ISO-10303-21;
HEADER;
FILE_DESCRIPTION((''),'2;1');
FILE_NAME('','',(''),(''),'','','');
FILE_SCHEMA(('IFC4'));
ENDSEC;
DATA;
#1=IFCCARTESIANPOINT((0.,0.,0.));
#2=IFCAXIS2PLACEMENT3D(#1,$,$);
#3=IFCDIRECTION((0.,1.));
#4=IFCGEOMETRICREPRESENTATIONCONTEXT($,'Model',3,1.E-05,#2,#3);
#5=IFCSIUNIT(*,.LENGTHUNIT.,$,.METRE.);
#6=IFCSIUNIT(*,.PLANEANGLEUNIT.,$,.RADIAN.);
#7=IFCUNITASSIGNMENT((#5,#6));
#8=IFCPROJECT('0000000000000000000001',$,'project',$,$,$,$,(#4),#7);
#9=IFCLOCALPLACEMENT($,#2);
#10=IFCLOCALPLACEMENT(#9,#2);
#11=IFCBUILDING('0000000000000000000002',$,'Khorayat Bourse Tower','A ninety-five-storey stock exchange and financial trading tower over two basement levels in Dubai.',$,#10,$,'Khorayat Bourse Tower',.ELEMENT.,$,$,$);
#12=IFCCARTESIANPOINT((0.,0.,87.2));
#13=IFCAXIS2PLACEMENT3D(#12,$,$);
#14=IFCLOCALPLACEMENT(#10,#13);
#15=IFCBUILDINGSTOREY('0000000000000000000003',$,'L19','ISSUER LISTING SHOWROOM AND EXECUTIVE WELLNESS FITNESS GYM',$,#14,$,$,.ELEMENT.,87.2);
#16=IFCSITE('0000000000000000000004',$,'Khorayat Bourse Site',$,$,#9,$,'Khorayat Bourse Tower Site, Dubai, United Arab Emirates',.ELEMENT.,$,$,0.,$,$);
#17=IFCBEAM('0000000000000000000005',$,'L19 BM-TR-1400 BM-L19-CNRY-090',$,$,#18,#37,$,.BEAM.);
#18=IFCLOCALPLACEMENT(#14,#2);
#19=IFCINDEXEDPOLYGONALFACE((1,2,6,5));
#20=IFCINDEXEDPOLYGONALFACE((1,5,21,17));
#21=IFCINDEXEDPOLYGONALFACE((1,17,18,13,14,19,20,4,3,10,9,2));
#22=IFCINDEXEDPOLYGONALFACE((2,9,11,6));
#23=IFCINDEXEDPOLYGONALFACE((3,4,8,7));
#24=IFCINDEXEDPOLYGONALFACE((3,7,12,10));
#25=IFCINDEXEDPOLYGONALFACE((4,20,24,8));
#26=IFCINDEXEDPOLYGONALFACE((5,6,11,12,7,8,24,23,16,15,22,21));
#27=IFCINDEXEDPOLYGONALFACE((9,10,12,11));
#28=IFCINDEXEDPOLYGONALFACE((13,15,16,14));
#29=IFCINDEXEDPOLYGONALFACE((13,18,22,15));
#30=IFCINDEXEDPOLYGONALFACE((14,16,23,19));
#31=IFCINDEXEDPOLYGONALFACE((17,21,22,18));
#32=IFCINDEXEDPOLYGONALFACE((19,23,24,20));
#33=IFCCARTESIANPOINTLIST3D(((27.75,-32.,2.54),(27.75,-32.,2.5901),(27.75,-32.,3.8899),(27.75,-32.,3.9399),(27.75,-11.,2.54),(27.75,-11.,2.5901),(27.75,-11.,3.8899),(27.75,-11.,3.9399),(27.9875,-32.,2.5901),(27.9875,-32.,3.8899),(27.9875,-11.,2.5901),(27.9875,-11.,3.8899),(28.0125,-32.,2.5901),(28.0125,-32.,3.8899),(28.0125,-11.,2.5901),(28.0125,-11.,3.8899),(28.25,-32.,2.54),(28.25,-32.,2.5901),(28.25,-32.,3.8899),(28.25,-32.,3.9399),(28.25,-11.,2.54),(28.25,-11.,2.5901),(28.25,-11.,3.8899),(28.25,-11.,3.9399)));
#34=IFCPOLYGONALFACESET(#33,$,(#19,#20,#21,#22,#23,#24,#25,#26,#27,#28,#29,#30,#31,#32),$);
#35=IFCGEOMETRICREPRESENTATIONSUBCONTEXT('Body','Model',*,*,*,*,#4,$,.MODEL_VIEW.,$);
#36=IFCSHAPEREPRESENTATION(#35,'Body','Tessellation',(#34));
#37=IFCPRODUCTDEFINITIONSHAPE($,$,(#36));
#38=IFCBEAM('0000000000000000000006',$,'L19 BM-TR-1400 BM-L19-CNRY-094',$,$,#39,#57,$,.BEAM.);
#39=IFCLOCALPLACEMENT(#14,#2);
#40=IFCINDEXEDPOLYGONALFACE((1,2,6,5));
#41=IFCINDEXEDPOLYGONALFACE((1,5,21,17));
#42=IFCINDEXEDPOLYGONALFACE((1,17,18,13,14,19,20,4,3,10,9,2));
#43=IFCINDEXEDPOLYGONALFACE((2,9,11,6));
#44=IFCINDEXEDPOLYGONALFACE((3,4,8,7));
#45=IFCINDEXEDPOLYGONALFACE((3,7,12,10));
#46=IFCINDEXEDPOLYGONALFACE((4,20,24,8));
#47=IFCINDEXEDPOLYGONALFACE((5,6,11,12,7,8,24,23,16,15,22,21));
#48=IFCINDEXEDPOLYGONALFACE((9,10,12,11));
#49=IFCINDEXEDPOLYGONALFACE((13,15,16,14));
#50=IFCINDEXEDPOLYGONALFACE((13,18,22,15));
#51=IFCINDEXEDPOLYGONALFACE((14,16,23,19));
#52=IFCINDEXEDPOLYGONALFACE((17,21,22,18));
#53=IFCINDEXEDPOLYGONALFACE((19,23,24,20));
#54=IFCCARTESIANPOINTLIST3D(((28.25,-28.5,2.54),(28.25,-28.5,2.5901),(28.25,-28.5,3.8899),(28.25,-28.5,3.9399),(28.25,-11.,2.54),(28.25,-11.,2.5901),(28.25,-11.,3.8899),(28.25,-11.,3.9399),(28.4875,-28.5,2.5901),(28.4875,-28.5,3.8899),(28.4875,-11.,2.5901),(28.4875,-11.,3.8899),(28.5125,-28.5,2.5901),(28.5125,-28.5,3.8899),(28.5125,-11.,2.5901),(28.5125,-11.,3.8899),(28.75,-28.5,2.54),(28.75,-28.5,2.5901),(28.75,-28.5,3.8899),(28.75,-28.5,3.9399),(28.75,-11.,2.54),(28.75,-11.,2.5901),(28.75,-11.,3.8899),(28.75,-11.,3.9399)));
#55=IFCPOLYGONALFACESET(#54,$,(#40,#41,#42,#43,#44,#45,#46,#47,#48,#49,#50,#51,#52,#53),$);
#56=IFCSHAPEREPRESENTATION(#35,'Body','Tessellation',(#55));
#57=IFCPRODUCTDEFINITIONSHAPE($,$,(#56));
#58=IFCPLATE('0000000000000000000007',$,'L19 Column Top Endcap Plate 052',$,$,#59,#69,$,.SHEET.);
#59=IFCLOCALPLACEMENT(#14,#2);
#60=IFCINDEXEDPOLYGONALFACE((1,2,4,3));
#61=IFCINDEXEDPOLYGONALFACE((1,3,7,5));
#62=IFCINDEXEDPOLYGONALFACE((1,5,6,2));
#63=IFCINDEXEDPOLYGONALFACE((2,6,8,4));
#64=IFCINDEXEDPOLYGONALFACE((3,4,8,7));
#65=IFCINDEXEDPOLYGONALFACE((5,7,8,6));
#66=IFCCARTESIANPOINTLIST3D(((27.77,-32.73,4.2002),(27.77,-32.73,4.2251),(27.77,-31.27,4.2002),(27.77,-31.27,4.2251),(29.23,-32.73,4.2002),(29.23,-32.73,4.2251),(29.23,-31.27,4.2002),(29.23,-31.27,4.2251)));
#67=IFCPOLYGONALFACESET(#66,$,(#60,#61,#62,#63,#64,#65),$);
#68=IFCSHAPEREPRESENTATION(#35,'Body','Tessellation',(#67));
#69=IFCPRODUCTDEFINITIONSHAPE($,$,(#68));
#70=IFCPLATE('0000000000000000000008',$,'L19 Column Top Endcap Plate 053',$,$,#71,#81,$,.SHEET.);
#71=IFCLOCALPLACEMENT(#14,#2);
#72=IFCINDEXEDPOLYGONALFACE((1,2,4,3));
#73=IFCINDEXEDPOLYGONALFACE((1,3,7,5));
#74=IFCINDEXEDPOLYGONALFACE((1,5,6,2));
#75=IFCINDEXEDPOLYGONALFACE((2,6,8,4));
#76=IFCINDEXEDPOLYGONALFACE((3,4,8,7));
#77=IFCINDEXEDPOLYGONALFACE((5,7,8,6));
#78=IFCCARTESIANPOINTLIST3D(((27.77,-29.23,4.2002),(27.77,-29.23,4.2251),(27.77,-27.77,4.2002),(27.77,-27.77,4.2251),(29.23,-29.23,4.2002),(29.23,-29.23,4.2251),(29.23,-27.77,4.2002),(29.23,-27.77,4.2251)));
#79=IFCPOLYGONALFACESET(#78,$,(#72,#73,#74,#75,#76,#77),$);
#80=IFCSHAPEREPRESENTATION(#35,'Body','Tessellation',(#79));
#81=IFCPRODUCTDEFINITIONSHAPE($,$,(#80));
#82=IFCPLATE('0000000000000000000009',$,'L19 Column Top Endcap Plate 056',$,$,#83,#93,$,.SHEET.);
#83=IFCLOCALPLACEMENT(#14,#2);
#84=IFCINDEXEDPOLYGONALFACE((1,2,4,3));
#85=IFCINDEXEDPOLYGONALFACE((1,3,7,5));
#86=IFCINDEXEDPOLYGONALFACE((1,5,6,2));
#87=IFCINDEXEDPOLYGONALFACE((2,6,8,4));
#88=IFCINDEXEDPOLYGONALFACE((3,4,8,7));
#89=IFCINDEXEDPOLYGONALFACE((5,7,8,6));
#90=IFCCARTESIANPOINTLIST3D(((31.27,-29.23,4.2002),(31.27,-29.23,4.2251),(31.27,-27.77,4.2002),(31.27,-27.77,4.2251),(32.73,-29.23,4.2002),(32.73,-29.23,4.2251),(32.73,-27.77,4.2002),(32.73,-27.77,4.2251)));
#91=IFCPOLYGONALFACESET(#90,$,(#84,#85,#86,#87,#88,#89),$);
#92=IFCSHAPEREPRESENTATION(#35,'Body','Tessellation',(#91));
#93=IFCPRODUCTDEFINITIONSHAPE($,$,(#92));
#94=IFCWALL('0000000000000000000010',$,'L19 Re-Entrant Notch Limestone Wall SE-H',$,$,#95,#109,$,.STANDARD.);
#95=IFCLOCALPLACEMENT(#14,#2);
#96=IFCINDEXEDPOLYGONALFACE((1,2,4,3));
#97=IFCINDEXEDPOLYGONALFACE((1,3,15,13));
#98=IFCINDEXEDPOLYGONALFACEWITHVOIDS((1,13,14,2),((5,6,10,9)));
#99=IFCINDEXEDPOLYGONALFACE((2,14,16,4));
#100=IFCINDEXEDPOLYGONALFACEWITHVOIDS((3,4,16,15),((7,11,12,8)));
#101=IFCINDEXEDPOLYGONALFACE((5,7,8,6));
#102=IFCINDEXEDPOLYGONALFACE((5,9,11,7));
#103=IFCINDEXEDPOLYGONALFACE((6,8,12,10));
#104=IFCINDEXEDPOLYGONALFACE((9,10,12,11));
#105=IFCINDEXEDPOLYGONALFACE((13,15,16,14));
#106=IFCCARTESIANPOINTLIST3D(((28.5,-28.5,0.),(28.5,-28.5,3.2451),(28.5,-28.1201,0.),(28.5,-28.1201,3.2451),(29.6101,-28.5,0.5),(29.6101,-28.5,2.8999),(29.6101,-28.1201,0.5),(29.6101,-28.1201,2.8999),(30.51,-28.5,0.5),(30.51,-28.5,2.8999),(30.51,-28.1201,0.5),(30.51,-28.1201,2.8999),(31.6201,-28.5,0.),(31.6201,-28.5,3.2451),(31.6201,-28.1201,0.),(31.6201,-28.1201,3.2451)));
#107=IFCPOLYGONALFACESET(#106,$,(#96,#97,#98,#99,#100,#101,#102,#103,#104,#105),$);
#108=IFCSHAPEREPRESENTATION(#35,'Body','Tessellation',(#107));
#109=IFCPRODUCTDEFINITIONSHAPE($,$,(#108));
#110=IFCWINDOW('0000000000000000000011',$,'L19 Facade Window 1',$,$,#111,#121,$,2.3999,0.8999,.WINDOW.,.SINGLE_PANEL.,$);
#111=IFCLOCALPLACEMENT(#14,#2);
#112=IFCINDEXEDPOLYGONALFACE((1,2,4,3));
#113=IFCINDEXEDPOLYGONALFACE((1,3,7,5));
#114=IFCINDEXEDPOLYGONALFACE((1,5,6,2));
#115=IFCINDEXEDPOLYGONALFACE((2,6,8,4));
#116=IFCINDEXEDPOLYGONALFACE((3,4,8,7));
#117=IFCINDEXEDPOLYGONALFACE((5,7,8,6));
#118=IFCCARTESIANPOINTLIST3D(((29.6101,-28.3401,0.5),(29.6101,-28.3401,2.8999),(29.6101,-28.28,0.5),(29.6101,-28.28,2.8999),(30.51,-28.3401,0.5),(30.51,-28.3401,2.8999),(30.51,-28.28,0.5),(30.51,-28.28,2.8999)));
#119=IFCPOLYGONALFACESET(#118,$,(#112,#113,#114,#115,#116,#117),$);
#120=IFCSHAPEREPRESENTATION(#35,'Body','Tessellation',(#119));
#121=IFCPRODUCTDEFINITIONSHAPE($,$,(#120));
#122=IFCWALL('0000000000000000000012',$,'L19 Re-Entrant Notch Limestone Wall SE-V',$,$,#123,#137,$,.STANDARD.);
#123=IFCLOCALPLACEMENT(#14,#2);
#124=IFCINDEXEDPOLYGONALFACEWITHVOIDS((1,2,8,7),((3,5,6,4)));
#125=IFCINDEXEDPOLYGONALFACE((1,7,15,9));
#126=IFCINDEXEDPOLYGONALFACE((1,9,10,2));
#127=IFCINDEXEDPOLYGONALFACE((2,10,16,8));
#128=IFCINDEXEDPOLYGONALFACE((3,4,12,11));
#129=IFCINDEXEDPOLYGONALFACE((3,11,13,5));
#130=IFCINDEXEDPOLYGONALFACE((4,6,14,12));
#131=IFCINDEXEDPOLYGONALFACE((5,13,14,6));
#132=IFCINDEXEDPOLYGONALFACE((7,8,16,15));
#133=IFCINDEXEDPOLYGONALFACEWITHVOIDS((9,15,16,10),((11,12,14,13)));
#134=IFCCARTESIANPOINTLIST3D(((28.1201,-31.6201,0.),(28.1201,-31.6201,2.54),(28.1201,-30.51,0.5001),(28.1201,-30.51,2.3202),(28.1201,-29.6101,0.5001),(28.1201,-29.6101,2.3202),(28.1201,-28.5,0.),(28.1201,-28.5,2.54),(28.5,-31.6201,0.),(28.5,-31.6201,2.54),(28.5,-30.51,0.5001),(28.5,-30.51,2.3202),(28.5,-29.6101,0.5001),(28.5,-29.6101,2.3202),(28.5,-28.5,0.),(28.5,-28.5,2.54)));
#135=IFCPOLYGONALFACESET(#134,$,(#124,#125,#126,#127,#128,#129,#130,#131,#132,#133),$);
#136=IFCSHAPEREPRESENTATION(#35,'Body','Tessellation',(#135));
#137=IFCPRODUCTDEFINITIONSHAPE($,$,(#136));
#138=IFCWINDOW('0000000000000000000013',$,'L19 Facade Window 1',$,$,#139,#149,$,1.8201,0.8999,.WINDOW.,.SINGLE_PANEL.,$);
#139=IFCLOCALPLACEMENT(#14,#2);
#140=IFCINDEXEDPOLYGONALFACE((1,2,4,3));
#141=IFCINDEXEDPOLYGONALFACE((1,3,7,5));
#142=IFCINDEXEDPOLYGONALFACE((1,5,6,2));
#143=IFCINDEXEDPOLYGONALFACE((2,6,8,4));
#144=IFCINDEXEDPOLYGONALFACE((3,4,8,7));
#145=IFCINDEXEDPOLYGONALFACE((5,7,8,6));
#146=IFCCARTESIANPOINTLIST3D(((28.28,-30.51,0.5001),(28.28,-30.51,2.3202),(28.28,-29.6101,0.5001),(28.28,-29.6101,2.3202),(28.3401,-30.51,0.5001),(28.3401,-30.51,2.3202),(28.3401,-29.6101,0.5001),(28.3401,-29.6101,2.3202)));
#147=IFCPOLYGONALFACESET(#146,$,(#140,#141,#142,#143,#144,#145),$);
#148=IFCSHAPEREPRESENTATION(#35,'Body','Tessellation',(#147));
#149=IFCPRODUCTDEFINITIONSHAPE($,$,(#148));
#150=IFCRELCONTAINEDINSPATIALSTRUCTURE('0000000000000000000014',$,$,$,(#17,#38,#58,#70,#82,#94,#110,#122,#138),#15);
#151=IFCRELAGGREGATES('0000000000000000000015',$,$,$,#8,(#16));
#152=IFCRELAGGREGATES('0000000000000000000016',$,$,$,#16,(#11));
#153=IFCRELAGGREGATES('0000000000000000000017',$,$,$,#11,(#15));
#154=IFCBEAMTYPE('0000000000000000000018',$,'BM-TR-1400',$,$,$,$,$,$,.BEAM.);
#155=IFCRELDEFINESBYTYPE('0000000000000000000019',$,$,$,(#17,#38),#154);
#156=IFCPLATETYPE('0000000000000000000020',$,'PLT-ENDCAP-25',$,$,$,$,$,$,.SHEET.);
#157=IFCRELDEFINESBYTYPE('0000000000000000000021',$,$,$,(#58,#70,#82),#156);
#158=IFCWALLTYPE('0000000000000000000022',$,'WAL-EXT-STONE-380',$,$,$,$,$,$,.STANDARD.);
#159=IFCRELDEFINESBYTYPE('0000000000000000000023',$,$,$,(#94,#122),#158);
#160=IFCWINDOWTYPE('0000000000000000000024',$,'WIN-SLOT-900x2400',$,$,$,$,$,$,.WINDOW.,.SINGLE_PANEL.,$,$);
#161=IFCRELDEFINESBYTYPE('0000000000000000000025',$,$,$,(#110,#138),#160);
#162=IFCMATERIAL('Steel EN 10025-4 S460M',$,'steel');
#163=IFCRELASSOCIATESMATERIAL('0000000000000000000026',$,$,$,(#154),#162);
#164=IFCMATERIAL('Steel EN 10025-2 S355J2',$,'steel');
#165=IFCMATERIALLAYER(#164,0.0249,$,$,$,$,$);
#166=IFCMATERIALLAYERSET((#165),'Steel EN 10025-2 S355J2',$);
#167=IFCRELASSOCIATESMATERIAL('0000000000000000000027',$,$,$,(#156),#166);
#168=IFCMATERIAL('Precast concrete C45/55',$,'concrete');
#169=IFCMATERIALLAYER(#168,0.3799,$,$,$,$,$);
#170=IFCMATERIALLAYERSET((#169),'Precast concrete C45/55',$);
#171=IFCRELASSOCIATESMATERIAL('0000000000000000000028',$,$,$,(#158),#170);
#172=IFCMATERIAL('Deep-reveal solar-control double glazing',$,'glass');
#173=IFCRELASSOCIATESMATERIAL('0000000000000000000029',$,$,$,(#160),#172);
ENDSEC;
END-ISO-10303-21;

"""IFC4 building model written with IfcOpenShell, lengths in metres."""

from ifc_helpers import new_model, si_unit, direction, frame, frame_2d, origin, origin_2d, place, context, subcontext, project, spatial, rectangle, i_section, extrude, source, transform, mapped, material, layer, layer_set, material_profile, profile_set, type_object, element, fill, save


model = new_model("IFC4")

# Units and contexts
model_context = context("Model", 3, precision=1e-05, world=origin(), true_north=direction((0.0, 1.0)))
body_context = subcontext(model_context, "Body", "Model", "MODEL_VIEW")
ifc_project = project(units=[si_unit("LENGTHUNIT", "METRE"), si_unit("PLANEANGLEUNIT", "RADIAN")], contexts=[model_context])

# Site, building, storey
site_placement = place(None, origin())
site = spatial("IfcSite", under=ifc_project, at=site_placement, Name="Khorayat Bourse Site", LongName="Khorayat Bourse Tower Site, Dubai, United Arab Emirates", CompositionType="ELEMENT", RefElevation=0.0)
building_placement = place(site_placement, origin())
building = spatial("IfcBuilding", under=site, at=building_placement, Name="Khorayat Bourse Tower", Description="A ninety-five-storey stock exchange and financial trading tower over two basement levels in Dubai.", LongName="Khorayat Bourse Tower", CompositionType="ELEMENT")
storey_placement = place(building_placement, frame((0.0, 0.0, 87.2)))
storey = spatial("IfcBuildingStorey", under=building, at=storey_placement, Name="L19", Description="ISSUER LISTING SHOWROOM AND EXECUTIVE WELLNESS FITNESS GYM", CompositionType="ELEMENT", Elevation=87.2)

# Shared definitions
ifc_material_1 = material(Name="Steel EN 10025-4 S460M", Category="steel")

# Beams
ifc_material_profile_1 = material_profile(ifc_material_1, i_section(OverallWidth=0.5, OverallDepth=1.3999, WebThickness=0.0249, FlangeThickness=0.05, at=origin_2d()), Name="PG 1400x500x25x50")
ifc_profile_set_1 = profile_set([ifc_material_profile_1], Name="Steel EN 10025-4 S460M")
beam_type_1 = type_object("IfcBeamType", Name="BM-TR-1400", PredefinedType="BEAM", material=ifc_profile_set_1)
shared_shape_1 = source(origin(), body_context, "Body", "SweptSolid", [
    extrude(i_section(OverallWidth=0.5, OverallDepth=1.3999, WebThickness=0.0249, FlangeThickness=0.05, at=origin_2d()), origin(), (0.0, 0.0, 1.0), 21.0),
])
beam_1_placement = place(storey_placement, frame((28.0, -32.0, 3.24), z_axis=(0.0, 1.0, 0.0), x_axis=(-1.0, 0.0, 0.0)))
element("IfcBeam", 1, at=beam_1_placement, inside=storey, type_object=beam_type_1, Name="L19 BM-TR-1400 BM-L19-CNRY-090", PredefinedType="BEAM", context=body_context, shape_type="MappedRepresentation", body=[
    mapped(shared_shape_1, transform((0.0, 0.0, 0.0), scale=1.0)),
])
shared_shape_2 = source(origin(), body_context, "Body", "SweptSolid", [
    extrude(i_section(OverallWidth=0.5, OverallDepth=1.3999, WebThickness=0.0249, FlangeThickness=0.05, at=origin_2d()), origin(), (0.0, 0.0, 1.0), 17.5),
])
beam_2_placement = place(storey_placement, frame((28.5, -28.5, 3.24), z_axis=(0.0, 1.0, 0.0), x_axis=(-1.0, 0.0, 0.0)))
element("IfcBeam", 2, at=beam_2_placement, inside=storey, type_object=beam_type_1, Name="L19 BM-TR-1400 BM-L19-CNRY-094", PredefinedType="BEAM", context=body_context, shape_type="MappedRepresentation", body=[
    mapped(shared_shape_2, transform((0.0, 0.0, 0.0), scale=1.0)),
])

# Plates
ifc_material_2 = material(Name="Steel EN 10025-2 S355J2", Category="steel")
ifc_layer_1 = layer(ifc_material_2, 0.0249)
ifc_layer_set_1 = layer_set([ifc_layer_1], Name="Steel EN 10025-2 S355J2")
plate_type = type_object("IfcPlateType", Name="PLT-ENDCAP-25", PredefinedType="SHEET", material=ifc_layer_set_1)
shared_shape_3 = source(origin(), body_context, "Body", "SweptSolid", [
    extrude(rectangle(XDim=1.46, YDim=1.46, at=origin_2d()), origin(), (0.0, 0.0, 1.0), 0.0249),
])
for number, where, z_axis, x_axis, name in (
    (3, (28.5, -32.0, 4.2002), (0.0, 0.0, 1.0), (1.0, 0.0, 0.0), "L19 Column Top Endcap Plate 052"),
    (4, (28.5, -28.5, 4.2002), (0.0, 0.0, 1.0), (1.0, 0.0, 0.0), "L19 Column Top Endcap Plate 053"),
    (5, (32.0, -28.5, 4.2002), (0.0, 0.0, 1.0), (1.0, 0.0, 0.0), "L19 Column Top Endcap Plate 056"),
):
    element("IfcPlate", number, at=place(storey_placement, frame(where, z_axis=z_axis, x_axis=x_axis)), inside=storey, type_object=plate_type, Name=name, PredefinedType="SHEET", context=body_context, shape_type="MappedRepresentation", body=[
        mapped(shared_shape_3, transform((0.0, 0.0, 0.0), scale=1.0)),
    ])

# Walls, openings, windows
ifc_material_3 = material(Name="Precast concrete C45/55", Category="concrete")
ifc_layer_2 = layer(ifc_material_3, 0.3799)
ifc_layer_set_2 = layer_set([ifc_layer_2], Name="Precast concrete C45/55")
wall_type = type_object("IfcWallType", Name="WAL-EXT-STONE-380", PredefinedType="STANDARD", material=ifc_layer_set_2)
shared_shape_4 = source(origin(), body_context, "Body", "SweptSolid", [
    extrude(rectangle(XDim=3.1201, YDim=0.3799, at=frame_2d((1.5601, 0.0))), origin(), (0.0, 0.0, 1.0), 3.2451),
])
wall_1_placement = place(storey_placement, frame((28.5, -28.3101, 0.0), z_axis=(0.0, 0.0, 1.0), x_axis=(1.0, 0.0, 0.0)))
wall_1 = element("IfcWall", 6, at=wall_1_placement, inside=storey, type_object=wall_type, Name="L19 Re-Entrant Notch Limestone Wall SE-H", PredefinedType="STANDARD", context=body_context, shape_type="MappedRepresentation", body=[
    mapped(shared_shape_4, transform((0.0, 0.0, 0.0), scale=1.0)),
])
shared_shape_5 = source(origin(), body_context, "Body", "SweptSolid", [
    extrude(rectangle(XDim=0.8999, YDim=2.3999, at=frame_2d((0.45, 1.2))), frame((0.0, 0.2, 0.0), z_axis=(0.0, -1.0, 0.0), x_axis=(1.0, 0.0, 0.0)), (0.0, 0.0, 1.0), 0.3999),
])
opening_1_placement = place(wall_1_placement, frame((1.1101, 0.0, 0.5)))
opening_1 = element("IfcOpeningElement", 7, at=opening_1_placement, cuts=wall_1, PredefinedType="OPENING", context=body_context, shape_type="MappedRepresentation", body=[
    mapped(shared_shape_5, transform((0.0, 0.0, 0.0), scale=1.0)),
])
ifc_material_4 = material(Name="Deep-reveal solar-control double glazing", Category="glass")
window_type = type_object("IfcWindowType", Name="WIN-SLOT-900x2400", PartitioningType="SINGLE_PANEL", PredefinedType="WINDOW", material=ifc_material_4)
shared_shape_6 = source(origin(), body_context, "Body", "SweptSolid", [
    extrude(rectangle(XDim=0.8999, YDim=2.3999, at=frame_2d((0.45, 1.2))), frame((0.0, 0.03, 0.0), z_axis=(0.0, -1.0, 0.0), x_axis=(1.0, 0.0, 0.0)), (0.0, 0.0, 1.0), 0.0601),
])
window_1_placement = place(opening_1_placement, origin())
window_1 = element("IfcWindow", 8, at=window_1_placement, inside=storey, type_object=window_type, Name="L19 Facade Window 1", OverallHeight=2.3999, OverallWidth=0.8999, PartitioningType="SINGLE_PANEL", PredefinedType="WINDOW", context=body_context, shape_type="MappedRepresentation", body=[
    mapped(shared_shape_6, transform((0.0, 0.0, 0.0), scale=1.0)),
])
fill(opening_1, window_1)
shared_shape_7 = source(origin(), body_context, "Body", "SweptSolid", [
    extrude(rectangle(XDim=3.1201, YDim=0.3799, at=frame_2d((1.5601, 0.0))), origin(), (0.0, 0.0, 1.0), 2.54),
])
wall_2_placement = place(storey_placement, frame((28.3101, -31.6201, 0.0), z_axis=(0.0, 0.0, 1.0), x_axis=(0.0, 1.0, 0.0)))
wall_2 = element("IfcWall", 9, at=wall_2_placement, inside=storey, type_object=wall_type, Name="L19 Re-Entrant Notch Limestone Wall SE-V", PredefinedType="STANDARD", context=body_context, shape_type="MappedRepresentation", body=[
    mapped(shared_shape_7, transform((0.0, 0.0, 0.0), scale=1.0)),
])
shared_shape_8 = source(origin(), body_context, "Body", "SweptSolid", [
    extrude(rectangle(XDim=0.8999, YDim=1.8201, at=frame_2d((0.45, 0.9102))), frame((0.0, 0.2, 0.0), z_axis=(0.0, -1.0, 0.0), x_axis=(1.0, 0.0, 0.0)), (0.0, 0.0, 1.0), 0.3999),
])
opening_2_placement = place(wall_2_placement, frame((1.1101, 0.0, 0.5)))
opening_2 = element("IfcOpeningElement", 10, at=opening_2_placement, cuts=wall_2, PredefinedType="OPENING", context=body_context, shape_type="MappedRepresentation", body=[
    mapped(shared_shape_8, transform((0.0, 0.0, 0.0), scale=1.0)),
])
shared_shape_9 = source(origin(), body_context, "Body", "SweptSolid", [
    extrude(rectangle(XDim=0.8999, YDim=1.8201, at=frame_2d((0.45, 0.9102))), frame((0.0, 0.03, 0.0), z_axis=(0.0, -1.0, 0.0), x_axis=(1.0, 0.0, 0.0)), (0.0, 0.0, 1.0), 0.0601),
])
window_2_placement = place(opening_2_placement, origin())
window_2 = element("IfcWindow", 11, at=window_2_placement, inside=storey, type_object=window_type, Name="L19 Facade Window 1", OverallHeight=1.8201, OverallWidth=0.8999, PartitioningType="SINGLE_PANEL", PredefinedType="WINDOW", context=body_context, shape_type="MappedRepresentation", body=[
    mapped(shared_shape_9, transform((0.0, 0.0, 0.0), scale=1.0)),
])
fill(opening_2, window_2)

save(model, "model.ifc")
